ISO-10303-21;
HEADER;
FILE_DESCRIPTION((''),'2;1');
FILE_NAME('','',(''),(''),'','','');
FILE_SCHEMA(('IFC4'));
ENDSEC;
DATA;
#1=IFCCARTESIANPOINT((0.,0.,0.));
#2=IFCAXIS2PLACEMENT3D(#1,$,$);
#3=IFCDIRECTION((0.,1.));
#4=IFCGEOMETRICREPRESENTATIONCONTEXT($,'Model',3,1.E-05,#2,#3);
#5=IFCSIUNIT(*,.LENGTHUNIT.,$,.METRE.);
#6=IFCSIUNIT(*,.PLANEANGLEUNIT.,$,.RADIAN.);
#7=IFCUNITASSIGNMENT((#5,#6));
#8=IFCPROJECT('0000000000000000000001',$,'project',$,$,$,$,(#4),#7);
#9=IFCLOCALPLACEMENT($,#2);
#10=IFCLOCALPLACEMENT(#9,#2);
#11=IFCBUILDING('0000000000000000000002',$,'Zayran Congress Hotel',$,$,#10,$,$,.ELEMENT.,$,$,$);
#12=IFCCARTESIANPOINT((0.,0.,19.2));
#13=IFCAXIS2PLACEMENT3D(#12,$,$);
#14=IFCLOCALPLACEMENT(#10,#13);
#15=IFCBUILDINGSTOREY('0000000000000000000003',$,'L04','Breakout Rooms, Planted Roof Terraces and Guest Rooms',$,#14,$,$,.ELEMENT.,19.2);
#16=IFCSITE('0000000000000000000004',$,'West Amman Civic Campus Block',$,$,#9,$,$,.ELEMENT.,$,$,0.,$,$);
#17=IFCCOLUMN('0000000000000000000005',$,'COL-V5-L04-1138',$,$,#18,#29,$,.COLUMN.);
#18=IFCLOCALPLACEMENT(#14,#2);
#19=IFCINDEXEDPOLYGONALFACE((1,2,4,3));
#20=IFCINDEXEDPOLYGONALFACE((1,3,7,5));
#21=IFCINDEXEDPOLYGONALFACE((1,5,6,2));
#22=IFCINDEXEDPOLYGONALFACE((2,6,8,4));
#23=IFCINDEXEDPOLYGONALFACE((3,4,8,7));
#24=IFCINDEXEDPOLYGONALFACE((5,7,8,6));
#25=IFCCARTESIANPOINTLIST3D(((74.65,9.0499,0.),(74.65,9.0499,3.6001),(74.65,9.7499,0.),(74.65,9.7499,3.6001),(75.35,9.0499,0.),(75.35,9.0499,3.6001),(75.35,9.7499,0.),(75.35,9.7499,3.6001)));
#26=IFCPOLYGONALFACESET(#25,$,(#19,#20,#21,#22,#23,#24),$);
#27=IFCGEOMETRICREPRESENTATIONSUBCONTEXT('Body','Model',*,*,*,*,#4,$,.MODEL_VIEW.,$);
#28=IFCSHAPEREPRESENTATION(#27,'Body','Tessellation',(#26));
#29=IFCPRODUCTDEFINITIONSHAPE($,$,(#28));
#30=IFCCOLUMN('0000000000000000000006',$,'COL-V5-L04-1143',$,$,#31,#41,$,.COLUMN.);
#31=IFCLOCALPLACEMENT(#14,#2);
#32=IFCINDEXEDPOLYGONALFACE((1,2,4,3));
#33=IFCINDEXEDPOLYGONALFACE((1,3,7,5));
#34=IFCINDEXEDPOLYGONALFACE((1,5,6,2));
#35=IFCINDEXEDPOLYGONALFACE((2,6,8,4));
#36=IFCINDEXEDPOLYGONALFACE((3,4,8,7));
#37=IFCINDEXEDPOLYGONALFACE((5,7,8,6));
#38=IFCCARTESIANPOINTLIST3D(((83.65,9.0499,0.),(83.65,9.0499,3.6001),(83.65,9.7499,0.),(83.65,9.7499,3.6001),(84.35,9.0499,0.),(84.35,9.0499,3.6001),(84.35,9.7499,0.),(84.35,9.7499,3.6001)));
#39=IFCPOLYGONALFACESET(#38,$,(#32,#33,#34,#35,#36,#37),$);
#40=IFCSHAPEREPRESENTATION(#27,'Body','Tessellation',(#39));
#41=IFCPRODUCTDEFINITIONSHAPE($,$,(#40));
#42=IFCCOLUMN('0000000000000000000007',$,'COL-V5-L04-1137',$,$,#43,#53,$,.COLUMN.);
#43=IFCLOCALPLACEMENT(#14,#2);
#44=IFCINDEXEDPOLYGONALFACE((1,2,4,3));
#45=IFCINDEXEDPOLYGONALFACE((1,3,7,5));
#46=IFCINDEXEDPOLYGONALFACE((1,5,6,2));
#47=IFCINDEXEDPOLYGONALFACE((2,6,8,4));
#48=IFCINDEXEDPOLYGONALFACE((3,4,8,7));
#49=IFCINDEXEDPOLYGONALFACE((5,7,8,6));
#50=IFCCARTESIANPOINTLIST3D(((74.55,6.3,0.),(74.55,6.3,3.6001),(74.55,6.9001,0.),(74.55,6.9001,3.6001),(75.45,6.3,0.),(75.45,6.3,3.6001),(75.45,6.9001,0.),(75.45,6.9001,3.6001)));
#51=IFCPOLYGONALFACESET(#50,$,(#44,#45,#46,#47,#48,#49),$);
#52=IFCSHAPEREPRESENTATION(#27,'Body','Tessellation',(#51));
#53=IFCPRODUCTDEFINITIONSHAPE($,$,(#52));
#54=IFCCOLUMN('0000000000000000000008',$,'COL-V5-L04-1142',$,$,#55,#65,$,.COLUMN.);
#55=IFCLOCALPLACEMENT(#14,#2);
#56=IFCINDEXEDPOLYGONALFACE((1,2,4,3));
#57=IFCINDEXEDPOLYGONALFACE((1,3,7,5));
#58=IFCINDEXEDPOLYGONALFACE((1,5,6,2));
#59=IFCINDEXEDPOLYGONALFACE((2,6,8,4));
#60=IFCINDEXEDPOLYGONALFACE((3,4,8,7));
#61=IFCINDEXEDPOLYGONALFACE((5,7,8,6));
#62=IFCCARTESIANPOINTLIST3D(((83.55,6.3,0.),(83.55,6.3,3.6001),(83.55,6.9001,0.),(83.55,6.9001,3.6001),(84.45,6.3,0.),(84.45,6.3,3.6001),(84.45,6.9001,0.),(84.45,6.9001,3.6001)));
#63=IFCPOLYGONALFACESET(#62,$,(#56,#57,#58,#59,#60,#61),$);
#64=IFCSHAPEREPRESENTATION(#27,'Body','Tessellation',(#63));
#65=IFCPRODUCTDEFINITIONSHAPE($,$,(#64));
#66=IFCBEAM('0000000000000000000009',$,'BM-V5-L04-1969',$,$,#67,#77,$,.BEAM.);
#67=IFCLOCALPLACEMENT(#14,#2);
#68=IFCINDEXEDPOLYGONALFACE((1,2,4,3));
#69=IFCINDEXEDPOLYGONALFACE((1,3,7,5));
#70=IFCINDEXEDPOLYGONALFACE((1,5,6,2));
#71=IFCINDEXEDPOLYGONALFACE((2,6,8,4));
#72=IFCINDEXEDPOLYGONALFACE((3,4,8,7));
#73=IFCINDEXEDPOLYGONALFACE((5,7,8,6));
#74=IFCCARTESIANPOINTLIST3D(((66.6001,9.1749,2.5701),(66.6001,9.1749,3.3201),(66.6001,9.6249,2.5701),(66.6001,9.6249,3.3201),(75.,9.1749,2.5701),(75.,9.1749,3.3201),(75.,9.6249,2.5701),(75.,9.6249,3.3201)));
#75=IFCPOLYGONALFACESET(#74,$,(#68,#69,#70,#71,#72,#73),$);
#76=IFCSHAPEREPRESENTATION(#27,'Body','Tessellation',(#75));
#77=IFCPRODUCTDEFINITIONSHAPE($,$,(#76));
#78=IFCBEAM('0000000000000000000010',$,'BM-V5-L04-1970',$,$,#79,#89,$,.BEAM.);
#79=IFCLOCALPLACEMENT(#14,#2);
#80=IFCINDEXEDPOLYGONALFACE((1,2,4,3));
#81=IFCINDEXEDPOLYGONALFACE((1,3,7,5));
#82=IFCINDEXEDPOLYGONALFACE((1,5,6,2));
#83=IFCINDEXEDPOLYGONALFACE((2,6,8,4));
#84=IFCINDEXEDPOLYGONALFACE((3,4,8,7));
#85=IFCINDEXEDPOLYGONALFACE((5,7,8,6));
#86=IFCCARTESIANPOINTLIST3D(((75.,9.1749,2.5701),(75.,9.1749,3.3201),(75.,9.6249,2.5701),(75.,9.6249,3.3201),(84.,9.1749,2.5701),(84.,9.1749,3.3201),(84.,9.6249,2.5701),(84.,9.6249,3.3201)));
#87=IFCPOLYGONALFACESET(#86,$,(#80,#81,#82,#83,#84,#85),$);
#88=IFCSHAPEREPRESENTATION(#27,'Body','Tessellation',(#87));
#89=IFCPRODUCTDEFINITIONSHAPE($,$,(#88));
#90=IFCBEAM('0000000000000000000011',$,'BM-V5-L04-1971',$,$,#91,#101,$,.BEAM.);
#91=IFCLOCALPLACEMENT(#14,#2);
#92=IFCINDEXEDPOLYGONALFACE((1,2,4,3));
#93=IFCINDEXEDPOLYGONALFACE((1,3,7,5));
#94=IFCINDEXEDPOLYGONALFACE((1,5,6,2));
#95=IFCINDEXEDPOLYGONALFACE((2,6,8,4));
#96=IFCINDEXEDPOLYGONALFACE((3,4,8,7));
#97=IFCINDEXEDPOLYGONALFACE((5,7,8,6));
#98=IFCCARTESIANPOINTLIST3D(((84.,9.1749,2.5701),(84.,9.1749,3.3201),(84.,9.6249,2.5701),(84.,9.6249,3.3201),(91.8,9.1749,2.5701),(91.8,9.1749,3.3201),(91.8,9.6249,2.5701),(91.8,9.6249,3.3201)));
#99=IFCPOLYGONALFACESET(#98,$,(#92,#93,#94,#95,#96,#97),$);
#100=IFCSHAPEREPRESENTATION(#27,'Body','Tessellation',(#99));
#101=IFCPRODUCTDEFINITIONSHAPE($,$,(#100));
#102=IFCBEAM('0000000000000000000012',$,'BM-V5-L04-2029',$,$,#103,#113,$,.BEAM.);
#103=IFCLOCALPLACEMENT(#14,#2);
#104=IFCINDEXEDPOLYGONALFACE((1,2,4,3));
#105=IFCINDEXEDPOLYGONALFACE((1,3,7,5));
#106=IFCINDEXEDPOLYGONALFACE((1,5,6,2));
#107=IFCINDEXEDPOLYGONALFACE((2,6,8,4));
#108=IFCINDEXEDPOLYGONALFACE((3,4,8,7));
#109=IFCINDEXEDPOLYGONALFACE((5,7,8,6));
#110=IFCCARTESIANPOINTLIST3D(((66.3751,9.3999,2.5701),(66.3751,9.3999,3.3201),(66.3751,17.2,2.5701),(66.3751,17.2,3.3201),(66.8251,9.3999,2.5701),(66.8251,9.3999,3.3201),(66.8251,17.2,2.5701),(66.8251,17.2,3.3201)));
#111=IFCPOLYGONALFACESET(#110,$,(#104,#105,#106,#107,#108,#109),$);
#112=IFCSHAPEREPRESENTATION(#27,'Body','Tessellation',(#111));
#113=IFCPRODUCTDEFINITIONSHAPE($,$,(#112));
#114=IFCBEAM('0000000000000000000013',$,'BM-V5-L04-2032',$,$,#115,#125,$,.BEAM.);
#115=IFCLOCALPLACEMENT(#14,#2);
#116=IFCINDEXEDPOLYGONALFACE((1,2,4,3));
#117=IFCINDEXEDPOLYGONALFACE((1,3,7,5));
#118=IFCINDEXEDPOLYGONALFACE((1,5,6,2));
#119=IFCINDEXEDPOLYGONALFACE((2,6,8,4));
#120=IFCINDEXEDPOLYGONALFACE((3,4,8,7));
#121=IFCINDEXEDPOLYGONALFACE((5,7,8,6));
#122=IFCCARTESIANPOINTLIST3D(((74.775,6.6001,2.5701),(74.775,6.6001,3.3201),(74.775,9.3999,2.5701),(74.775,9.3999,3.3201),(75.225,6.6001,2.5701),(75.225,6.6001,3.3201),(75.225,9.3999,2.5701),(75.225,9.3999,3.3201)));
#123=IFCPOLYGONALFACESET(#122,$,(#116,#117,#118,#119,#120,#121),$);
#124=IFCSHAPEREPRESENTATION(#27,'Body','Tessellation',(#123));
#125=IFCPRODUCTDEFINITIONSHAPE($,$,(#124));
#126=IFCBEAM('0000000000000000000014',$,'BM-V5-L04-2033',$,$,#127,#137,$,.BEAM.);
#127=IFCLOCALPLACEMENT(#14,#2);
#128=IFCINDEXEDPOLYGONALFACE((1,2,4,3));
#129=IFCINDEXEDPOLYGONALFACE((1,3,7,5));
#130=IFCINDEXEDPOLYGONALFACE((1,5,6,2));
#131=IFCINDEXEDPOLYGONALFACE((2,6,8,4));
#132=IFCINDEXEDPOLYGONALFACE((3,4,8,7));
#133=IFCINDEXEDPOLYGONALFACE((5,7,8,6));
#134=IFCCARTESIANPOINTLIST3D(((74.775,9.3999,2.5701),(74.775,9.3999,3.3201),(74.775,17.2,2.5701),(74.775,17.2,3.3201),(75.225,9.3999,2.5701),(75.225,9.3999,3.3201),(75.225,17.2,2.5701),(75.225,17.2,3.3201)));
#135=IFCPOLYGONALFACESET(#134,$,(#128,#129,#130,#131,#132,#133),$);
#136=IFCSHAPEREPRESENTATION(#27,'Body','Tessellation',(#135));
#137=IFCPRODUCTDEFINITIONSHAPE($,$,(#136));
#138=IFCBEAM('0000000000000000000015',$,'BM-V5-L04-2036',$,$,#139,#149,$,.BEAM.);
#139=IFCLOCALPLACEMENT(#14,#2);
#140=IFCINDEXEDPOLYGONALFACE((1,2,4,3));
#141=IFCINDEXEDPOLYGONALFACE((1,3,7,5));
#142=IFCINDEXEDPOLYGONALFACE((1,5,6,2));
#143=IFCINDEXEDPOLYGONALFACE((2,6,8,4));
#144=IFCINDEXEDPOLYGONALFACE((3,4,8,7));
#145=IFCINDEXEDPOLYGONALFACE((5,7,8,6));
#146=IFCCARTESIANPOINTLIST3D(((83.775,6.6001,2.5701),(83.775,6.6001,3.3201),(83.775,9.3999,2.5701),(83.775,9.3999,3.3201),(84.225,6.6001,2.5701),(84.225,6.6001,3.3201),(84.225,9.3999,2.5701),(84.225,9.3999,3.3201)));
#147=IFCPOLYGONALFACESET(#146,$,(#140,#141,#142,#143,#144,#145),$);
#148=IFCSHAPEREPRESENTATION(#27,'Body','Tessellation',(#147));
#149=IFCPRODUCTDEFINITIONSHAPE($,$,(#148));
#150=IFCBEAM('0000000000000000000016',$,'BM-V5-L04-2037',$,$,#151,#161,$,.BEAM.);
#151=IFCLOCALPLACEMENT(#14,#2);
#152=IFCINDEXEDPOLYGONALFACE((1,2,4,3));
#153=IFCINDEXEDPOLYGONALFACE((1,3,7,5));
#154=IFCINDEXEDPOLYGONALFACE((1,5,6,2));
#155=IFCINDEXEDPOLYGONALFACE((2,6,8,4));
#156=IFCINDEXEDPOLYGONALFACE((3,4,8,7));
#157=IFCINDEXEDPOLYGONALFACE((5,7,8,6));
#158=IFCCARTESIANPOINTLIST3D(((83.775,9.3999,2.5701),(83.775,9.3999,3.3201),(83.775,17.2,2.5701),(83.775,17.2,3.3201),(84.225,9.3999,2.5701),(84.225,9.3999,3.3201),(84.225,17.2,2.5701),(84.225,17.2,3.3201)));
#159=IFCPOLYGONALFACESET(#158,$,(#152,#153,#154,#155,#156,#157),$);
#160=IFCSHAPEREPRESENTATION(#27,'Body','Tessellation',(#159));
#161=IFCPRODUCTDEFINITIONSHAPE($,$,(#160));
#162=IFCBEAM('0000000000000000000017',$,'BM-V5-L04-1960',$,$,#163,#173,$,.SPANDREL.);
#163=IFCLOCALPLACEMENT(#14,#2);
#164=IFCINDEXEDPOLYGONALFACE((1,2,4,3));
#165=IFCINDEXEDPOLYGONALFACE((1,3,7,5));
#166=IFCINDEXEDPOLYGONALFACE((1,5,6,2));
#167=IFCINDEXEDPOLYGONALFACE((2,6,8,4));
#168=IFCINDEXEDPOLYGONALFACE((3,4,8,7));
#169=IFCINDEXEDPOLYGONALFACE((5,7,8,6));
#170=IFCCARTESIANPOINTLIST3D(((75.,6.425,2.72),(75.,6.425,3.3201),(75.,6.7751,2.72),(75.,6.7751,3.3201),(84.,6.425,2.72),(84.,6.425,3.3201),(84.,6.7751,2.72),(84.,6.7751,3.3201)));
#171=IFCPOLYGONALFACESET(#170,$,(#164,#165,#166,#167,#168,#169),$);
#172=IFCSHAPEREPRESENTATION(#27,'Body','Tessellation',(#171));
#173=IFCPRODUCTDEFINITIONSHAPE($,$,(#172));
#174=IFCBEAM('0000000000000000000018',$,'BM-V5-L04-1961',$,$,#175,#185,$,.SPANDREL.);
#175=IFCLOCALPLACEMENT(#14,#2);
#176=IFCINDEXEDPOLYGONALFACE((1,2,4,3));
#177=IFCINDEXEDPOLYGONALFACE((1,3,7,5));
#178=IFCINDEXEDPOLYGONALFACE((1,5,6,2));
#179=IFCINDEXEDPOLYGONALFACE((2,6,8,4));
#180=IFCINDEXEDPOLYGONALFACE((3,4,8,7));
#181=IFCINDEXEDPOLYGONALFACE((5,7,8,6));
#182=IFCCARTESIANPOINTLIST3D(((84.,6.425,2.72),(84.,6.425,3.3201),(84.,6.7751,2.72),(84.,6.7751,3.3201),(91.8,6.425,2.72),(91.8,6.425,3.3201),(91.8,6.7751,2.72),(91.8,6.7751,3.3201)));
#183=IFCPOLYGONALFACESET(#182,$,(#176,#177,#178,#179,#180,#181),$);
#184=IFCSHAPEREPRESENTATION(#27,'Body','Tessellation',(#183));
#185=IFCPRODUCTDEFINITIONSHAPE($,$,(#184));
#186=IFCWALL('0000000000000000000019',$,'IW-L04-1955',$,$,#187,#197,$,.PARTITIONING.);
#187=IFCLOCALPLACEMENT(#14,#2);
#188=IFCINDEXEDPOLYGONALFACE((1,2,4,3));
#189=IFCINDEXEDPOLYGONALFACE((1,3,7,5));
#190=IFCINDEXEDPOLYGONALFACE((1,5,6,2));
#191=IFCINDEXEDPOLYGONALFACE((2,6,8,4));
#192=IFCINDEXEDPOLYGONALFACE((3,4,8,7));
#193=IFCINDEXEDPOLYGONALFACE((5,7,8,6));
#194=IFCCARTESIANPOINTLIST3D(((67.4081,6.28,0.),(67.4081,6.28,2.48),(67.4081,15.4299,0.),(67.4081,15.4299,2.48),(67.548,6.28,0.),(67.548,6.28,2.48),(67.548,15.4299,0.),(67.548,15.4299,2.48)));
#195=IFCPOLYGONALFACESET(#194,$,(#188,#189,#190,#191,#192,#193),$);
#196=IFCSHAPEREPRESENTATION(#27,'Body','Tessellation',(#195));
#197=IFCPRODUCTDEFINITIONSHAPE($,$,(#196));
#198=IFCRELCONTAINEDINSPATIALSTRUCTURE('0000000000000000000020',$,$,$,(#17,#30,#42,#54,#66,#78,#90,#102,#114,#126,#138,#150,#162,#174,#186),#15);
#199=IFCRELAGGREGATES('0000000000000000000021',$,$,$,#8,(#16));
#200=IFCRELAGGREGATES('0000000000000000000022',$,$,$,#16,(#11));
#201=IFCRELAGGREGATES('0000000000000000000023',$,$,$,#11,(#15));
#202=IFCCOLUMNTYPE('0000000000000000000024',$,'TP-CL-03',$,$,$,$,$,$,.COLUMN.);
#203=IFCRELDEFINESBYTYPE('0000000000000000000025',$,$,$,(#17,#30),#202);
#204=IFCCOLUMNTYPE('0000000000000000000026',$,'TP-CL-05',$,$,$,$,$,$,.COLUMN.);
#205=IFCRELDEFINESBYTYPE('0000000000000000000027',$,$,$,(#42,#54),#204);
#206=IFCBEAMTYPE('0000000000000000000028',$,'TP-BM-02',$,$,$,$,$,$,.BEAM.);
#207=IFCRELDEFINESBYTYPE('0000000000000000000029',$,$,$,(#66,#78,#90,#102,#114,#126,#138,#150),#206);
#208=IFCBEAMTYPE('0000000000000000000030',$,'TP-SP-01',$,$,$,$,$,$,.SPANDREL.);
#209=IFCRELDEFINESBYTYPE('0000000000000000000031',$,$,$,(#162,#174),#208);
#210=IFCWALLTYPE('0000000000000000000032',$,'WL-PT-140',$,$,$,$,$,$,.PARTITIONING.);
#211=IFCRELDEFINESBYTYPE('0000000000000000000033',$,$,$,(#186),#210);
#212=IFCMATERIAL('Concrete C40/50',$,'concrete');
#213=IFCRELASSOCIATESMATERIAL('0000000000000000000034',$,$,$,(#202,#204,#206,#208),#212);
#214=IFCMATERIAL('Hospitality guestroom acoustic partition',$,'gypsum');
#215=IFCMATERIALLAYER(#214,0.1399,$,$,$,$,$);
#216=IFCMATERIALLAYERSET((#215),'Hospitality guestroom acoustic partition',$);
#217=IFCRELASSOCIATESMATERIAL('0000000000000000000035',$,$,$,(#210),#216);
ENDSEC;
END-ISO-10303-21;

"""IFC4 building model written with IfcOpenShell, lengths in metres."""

from ifc_helpers import new_model, si_unit, direction, frame, frame_2d, origin, origin_2d, place, context, subcontext, project, spatial, rectangle, extrude, material, layer, layer_set, material_profile, profile_set, type_object, element, save


model = new_model("IFC4")

# Units and contexts
model_context = context("Model", 3, precision=1e-05, world=origin(), true_north=direction((0.0, 1.0)))
body_context = subcontext(model_context, "Body", "Model", "MODEL_VIEW")
ifc_project = project(units=[si_unit("LENGTHUNIT", "METRE"), si_unit("PLANEANGLEUNIT", "RADIAN")], contexts=[model_context])

# Site, building, storey
site_placement = place(None, origin())
site = spatial("IfcSite", under=ifc_project, at=site_placement, Name="West Amman Civic Campus Block", CompositionType="ELEMENT", RefElevation=0.0)
building_placement = place(site_placement, origin())
building = spatial("IfcBuilding", under=site, at=building_placement, Name="Zayran Congress Hotel", CompositionType="ELEMENT")
storey_placement = place(building_placement, frame((0.0, 0.0, 19.2)))
storey = spatial("IfcBuildingStorey", under=building, at=storey_placement, Name="L04", Description="Breakout Rooms, Planted Roof Terraces and Guest Rooms", CompositionType="ELEMENT", Elevation=19.2)

# Columns
ifc_material_1 = material(Name="Concrete C40/50", Category="concrete")
ifc_material_profile_1 = material_profile(ifc_material_1, rectangle(XDim=0.7, YDim=0.7, at=origin_2d()), Name="RC 700x700")
ifc_profile_set_1 = profile_set([ifc_material_profile_1], Name="Concrete C40/50")
column_type_1 = type_object("IfcColumnType", Name="TP-CL-03", PredefinedType="COLUMN", material=ifc_profile_set_1)
for number, where, z_axis, x_axis, name in (
    (1, (75.0, 9.3999, 0.0), (0.0, 0.0, 1.0), (1.0, 0.0, 0.0), "COL-V5-L04-1138"),
    (2, (84.0, 9.3999, 0.0), (0.0, 0.0, 1.0), (1.0, 0.0, 0.0), "COL-V5-L04-1143"),
):
    element("IfcColumn", number, at=place(storey_placement, frame(where, z_axis=z_axis, x_axis=x_axis)), inside=storey, type_object=column_type_1, Name=name, PredefinedType="COLUMN", context=body_context, shape_type="SweptSolid", body=[
        extrude(rectangle(XDim=0.7, YDim=0.7, at=origin_2d()), origin(), (0.0, 0.0, 1.0), 3.6001),
    ])
ifc_material_profile_2 = material_profile(ifc_material_1, rectangle(XDim=0.6001, YDim=0.8999, at=origin_2d()), Name="RC 900x600")
ifc_profile_set_2 = profile_set([ifc_material_profile_2], Name="Concrete C40/50")
column_type_2 = type_object("IfcColumnType", Name="TP-CL-05", PredefinedType="COLUMN", material=ifc_profile_set_2)
for number, where, z_axis, x_axis, name in (
    (3, (75.0, 6.6001, 0.0), (0.0, 0.0, 1.0), (0.0, 1.0, 0.0), "COL-V5-L04-1137"),
    (4, (84.0, 6.6001, 0.0), (0.0, 0.0, 1.0), (0.0, 1.0, 0.0), "COL-V5-L04-1142"),
):
    element("IfcColumn", number, at=place(storey_placement, frame(where, z_axis=z_axis, x_axis=x_axis)), inside=storey, type_object=column_type_2, Name=name, PredefinedType="COLUMN", context=body_context, shape_type="SweptSolid", body=[
        extrude(rectangle(XDim=0.6001, YDim=0.8999, at=origin_2d()), origin(), (0.0, 0.0, 1.0), 3.6001),
    ])

# Beams
ifc_material_profile_3 = material_profile(ifc_material_1, rectangle(XDim=0.45, YDim=0.75, at=origin_2d()), Name="RC 450x750")
ifc_profile_set_3 = profile_set([ifc_material_profile_3], Name="Concrete C40/50")
beam_type_1 = type_object("IfcBeamType", Name="TP-BM-02", PredefinedType="BEAM", material=ifc_profile_set_3)
beam_1_placement = place(storey_placement, frame((66.6001, 9.3999, 2.9451), z_axis=(1.0, 0.0, 0.0), x_axis=(0.0, 1.0, 0.0)))
element("IfcBeam", 5, at=beam_1_placement, inside=storey, type_object=beam_type_1, Name="BM-V5-L04-1969", PredefinedType="BEAM", context=body_context, shape_type="SweptSolid", body=[
    extrude(rectangle(XDim=0.45, YDim=0.75, at=origin_2d()), origin(), (0.0, 0.0, 1.0), 8.3999),
])
beam_2_placement = place(storey_placement, frame((75.0, 9.3999, 2.9451), z_axis=(1.0, 0.0, 0.0), x_axis=(0.0, 1.0, 0.0)))
element("IfcBeam", 6, at=beam_2_placement, inside=storey, type_object=beam_type_1, Name="BM-V5-L04-1970", PredefinedType="BEAM", context=body_context, shape_type="SweptSolid", body=[
    extrude(rectangle(XDim=0.45, YDim=0.75, at=origin_2d()), origin(), (0.0, 0.0, 1.0), 9.0),
])
for number, where, z_axis, x_axis, name in (
    (7, (84.0, 9.3999, 2.9451), (1.0, 0.0, 0.0), (0.0, 1.0, 0.0), "BM-V5-L04-1971"),
    (8, (66.6001, 9.3999, 2.9451), (0.0, 1.0, 0.0), (-1.0, 0.0, 0.0), "BM-V5-L04-2029"),
):
    element("IfcBeam", number, at=place(storey_placement, frame(where, z_axis=z_axis, x_axis=x_axis)), inside=storey, type_object=beam_type_1, Name=name, PredefinedType="BEAM", context=body_context, shape_type="SweptSolid", body=[
        extrude(rectangle(XDim=0.45, YDim=0.75, at=origin_2d()), origin(), (0.0, 0.0, 1.0), 7.8),
    ])
beam_3_placement = place(storey_placement, frame((75.0, 6.6001, 2.9451), z_axis=(0.0, 1.0, 0.0), x_axis=(-1.0, 0.0, 0.0)))
element("IfcBeam", 9, at=beam_3_placement, inside=storey, type_object=beam_type_1, Name="BM-V5-L04-2032", PredefinedType="BEAM", context=body_context, shape_type="SweptSolid", body=[
    extrude(rectangle(XDim=0.45, YDim=0.75, at=origin_2d()), origin(), (0.0, 0.0, 1.0), 2.7998),
])
beam_4_placement = place(storey_placement, frame((75.0, 9.3999, 2.9451), z_axis=(0.0, 1.0, 0.0), x_axis=(-1.0, 0.0, 0.0)))
element("IfcBeam", 10, at=beam_4_placement, inside=storey, type_object=beam_type_1, Name="BM-V5-L04-2033", PredefinedType="BEAM", context=body_context, shape_type="SweptSolid", body=[
    extrude(rectangle(XDim=0.45, YDim=0.75, at=origin_2d()), origin(), (0.0, 0.0, 1.0), 7.8),
])
beam_5_placement = place(storey_placement, frame((84.0, 6.6001, 2.9451), z_axis=(0.0, 1.0, 0.0), x_axis=(-1.0, 0.0, 0.0)))
element("IfcBeam", 11, at=beam_5_placement, inside=storey, type_object=beam_type_1, Name="BM-V5-L04-2036", PredefinedType="BEAM", context=body_context, shape_type="SweptSolid", body=[
    extrude(rectangle(XDim=0.45, YDim=0.75, at=origin_2d()), origin(), (0.0, 0.0, 1.0), 2.7998),
])
beam_6_placement = place(storey_placement, frame((84.0, 9.3999, 2.9451), z_axis=(0.0, 1.0, 0.0), x_axis=(-1.0, 0.0, 0.0)))
element("IfcBeam", 12, at=beam_6_placement, inside=storey, type_object=beam_type_1, Name="BM-V5-L04-2037", PredefinedType="BEAM", context=body_context, shape_type="SweptSolid", body=[
    extrude(rectangle(XDim=0.45, YDim=0.75, at=origin_2d()), origin(), (0.0, 0.0, 1.0), 7.8),
])
ifc_material_profile_4 = material_profile(ifc_material_1, rectangle(XDim=0.3501, YDim=0.6001, at=origin_2d()), Name="RC 350x600")
ifc_profile_set_4 = profile_set([ifc_material_profile_4], Name="Concrete C40/50")
beam_type_2 = type_object("IfcBeamType", Name="TP-SP-01", PredefinedType="SPANDREL", material=ifc_profile_set_4)
beam_7_placement = place(storey_placement, frame((75.0, 6.6001, 3.02), z_axis=(1.0, 0.0, 0.0), x_axis=(0.0, 1.0, 0.0)))
element("IfcBeam", 13, at=beam_7_placement, inside=storey, type_object=beam_type_2, Name="BM-V5-L04-1960", PredefinedType="SPANDREL", context=body_context, shape_type="SweptSolid", body=[
    extrude(rectangle(XDim=0.3501, YDim=0.6001, at=origin_2d()), origin(), (0.0, 0.0, 1.0), 9.0),
])
beam_8_placement = place(storey_placement, frame((84.0, 6.6001, 3.02), z_axis=(1.0, 0.0, 0.0), x_axis=(0.0, 1.0, 0.0)))
element("IfcBeam", 14, at=beam_8_placement, inside=storey, type_object=beam_type_2, Name="BM-V5-L04-1961", PredefinedType="SPANDREL", context=body_context, shape_type="SweptSolid", body=[
    extrude(rectangle(XDim=0.3501, YDim=0.6001, at=origin_2d()), origin(), (0.0, 0.0, 1.0), 7.8),
])

# Wall
ifc_material_2 = material(Name="Hospitality guestroom acoustic partition", Category="gypsum")
ifc_layer_1 = layer(ifc_material_2, 0.1399)
ifc_layer_set_1 = layer_set([ifc_layer_1], Name="Hospitality guestroom acoustic partition")
wall_type_1 = type_object("IfcWallType", Name="WL-PT-140", PredefinedType="PARTITIONING", material=ifc_layer_set_1)
for number, where, z_axis, x_axis, name in (
    (15, (67.478, 6.28, 0.0), (0.0, 0.0, 1.0), (0.0, 1.0, 0.0), "IW-L04-1955"),
):
    element("IfcWall", number, at=place(storey_placement, frame(where, z_axis=z_axis, x_axis=x_axis)), inside=storey, type_object=wall_type_1, Name=name, PredefinedType="PARTITIONING", context=body_context, shape_type="SweptSolid", body=[
        extrude(rectangle(XDim=9.1499, YDim=0.1399, at=frame_2d((4.575, 0.0))), origin(), (0.0, 0.0, 1.0), 2.48),
    ])

save(model, "model.ifc")
